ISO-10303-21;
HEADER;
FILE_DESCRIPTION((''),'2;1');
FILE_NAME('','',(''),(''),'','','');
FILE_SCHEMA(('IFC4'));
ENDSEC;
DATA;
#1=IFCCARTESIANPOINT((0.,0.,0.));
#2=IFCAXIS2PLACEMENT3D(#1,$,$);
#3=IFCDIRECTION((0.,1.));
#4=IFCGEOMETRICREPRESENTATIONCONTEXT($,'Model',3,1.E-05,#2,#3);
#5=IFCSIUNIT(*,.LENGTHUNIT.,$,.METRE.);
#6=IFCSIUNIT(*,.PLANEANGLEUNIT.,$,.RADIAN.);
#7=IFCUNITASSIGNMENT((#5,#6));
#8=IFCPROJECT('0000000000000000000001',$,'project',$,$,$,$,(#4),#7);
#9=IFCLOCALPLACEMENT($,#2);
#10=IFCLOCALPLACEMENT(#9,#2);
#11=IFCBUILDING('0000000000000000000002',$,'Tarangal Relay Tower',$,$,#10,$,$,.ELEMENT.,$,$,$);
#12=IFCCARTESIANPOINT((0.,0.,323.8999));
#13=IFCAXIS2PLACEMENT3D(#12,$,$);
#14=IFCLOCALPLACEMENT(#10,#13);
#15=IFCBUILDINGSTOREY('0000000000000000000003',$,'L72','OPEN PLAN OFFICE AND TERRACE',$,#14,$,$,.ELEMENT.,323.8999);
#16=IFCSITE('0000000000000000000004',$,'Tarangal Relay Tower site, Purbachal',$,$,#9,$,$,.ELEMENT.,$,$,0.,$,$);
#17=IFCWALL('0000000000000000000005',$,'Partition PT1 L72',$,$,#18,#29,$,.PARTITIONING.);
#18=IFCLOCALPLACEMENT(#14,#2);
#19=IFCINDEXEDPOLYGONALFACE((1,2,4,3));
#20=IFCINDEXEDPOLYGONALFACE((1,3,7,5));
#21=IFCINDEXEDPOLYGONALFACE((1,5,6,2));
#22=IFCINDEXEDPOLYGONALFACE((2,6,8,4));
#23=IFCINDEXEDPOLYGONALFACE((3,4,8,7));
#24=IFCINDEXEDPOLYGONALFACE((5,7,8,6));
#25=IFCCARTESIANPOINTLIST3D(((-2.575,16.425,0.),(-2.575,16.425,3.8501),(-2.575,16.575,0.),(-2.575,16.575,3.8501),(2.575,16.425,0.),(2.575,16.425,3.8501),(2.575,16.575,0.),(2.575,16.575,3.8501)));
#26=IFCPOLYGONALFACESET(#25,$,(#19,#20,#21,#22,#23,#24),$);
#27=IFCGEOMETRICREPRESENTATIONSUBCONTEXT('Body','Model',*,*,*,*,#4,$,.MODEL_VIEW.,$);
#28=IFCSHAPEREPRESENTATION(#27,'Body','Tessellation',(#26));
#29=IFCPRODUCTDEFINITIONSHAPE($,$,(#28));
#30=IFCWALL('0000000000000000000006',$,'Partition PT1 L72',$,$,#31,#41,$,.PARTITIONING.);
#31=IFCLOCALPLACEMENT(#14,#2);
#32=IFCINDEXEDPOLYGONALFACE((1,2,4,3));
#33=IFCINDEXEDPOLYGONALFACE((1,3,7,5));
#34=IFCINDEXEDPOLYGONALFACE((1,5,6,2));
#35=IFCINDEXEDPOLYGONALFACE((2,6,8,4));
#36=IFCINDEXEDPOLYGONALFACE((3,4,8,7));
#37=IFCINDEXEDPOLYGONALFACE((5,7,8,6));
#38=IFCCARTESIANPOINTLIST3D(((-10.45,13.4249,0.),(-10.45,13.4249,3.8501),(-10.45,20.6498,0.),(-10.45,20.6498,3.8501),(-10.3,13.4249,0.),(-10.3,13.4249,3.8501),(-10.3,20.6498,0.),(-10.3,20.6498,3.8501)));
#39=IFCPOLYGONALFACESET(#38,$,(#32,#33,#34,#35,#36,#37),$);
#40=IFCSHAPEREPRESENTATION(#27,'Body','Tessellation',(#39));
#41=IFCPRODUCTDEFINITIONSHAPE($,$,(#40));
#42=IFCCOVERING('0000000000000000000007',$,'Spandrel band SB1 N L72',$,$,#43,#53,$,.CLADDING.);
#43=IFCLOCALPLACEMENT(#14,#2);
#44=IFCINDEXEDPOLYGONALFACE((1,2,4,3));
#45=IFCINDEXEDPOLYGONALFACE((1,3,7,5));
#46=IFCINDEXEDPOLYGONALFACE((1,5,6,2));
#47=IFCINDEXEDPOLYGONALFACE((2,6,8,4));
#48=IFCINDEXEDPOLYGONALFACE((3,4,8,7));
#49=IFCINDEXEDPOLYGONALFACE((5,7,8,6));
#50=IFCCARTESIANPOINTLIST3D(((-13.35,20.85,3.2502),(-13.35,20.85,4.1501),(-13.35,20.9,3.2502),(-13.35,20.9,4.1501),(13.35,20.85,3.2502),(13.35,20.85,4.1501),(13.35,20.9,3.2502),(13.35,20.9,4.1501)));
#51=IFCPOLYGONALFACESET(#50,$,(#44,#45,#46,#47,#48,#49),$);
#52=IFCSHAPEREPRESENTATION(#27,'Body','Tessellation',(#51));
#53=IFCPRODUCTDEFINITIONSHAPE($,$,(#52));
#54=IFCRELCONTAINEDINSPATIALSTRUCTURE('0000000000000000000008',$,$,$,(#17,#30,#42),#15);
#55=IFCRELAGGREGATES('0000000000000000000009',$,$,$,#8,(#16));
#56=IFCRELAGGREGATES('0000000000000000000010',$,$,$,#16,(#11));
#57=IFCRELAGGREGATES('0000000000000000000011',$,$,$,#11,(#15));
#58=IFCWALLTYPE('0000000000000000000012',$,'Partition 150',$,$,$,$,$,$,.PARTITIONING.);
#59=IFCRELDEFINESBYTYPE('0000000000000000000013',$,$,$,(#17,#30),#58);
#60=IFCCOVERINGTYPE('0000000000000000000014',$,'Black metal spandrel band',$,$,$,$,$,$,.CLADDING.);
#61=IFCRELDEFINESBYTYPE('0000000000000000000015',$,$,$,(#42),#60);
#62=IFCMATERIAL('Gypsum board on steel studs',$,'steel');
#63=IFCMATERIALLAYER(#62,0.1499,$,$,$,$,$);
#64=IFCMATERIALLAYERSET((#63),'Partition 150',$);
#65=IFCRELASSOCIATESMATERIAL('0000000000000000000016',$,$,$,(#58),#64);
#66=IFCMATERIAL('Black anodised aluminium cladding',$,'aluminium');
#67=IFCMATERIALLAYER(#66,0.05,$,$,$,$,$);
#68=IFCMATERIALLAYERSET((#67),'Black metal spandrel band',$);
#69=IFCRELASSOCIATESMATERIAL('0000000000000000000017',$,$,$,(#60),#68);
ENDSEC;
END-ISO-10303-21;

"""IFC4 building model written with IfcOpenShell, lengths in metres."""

from ifc_helpers import new_model, si_unit, direction, frame, frame_2d, origin, origin_2d, place, context, subcontext, project, spatial, rectangle, extrude, material, layer, layer_set, type_object, element, save


model = new_model("IFC4")

# Units and contexts
model_context = context("Model", 3, precision=1e-05, world=origin(), true_north=direction((0.0, 1.0)))
body_context = subcontext(model_context, "Body", "Model", "MODEL_VIEW")
ifc_project = project(units=[si_unit("LENGTHUNIT", "METRE"), si_unit("PLANEANGLEUNIT", "RADIAN")], contexts=[model_context])

# Site, building, storey
site_placement = place(None, origin())
site = spatial("IfcSite", under=ifc_project, at=site_placement, Name="Tarangal Relay Tower site, Purbachal", CompositionType="ELEMENT", RefElevation=0.0)
building_placement = place(site_placement, origin())
building = spatial("IfcBuilding", under=site, at=building_placement, Name="Tarangal Relay Tower", CompositionType="ELEMENT")
storey_placement = place(building_placement, frame((0.0, 0.0, 323.8999)))
storey = spatial("IfcBuildingStorey", under=building, at=storey_placement, Name="L72", Description="OPEN PLAN OFFICE AND TERRACE", CompositionType="ELEMENT", Elevation=323.8999)

# Shared definitions
ifc_material_1 = material(Name="Gypsum board on steel studs", Category="steel")
ifc_layer_1 = layer(ifc_material_1, 0.1499)
ifc_layer_set_1 = layer_set([ifc_layer_1], Name="Partition 150")
wall_type_1 = type_object("IfcWallType", Name="Partition 150", PredefinedType="PARTITIONING", material=ifc_layer_set_1)

# Walls
wall_1_placement = place(storey_placement, frame((-2.575, 16.5, 0.0), z_axis=(0.0, 0.0, 1.0), x_axis=(1.0, 0.0, 0.0)))
element("IfcWall", 1, at=wall_1_placement, inside=storey, type_object=wall_type_1, Name="Partition PT1 L72", PredefinedType="PARTITIONING", context=body_context, shape_type="SweptSolid", body=[
    extrude(rectangle(XDim=5.1499, YDim=0.1499, at=frame_2d((2.575, 0.0))), origin(), (0.0, 0.0, 1.0), 3.8501),
])
wall_2_placement = place(storey_placement, frame((-10.375, 13.425, 0.0), z_axis=(0.0, 0.0, 1.0), x_axis=(0.0, 1.0, 0.0)))
element("IfcWall", 2, at=wall_2_placement, inside=storey, type_object=wall_type_1, Name="Partition PT1 L72", PredefinedType="PARTITIONING", context=body_context, shape_type="SweptSolid", body=[
    extrude(rectangle(XDim=7.2249, YDim=0.1499, at=frame_2d((3.6123, 0.0))), origin(), (0.0, 0.0, 1.0), 3.8501),
])

# Covering
ifc_material_2 = material(Name="Black anodised aluminium cladding", Category="aluminium")
ifc_layer_2 = layer(ifc_material_2, 0.05)
ifc_layer_set_2 = layer_set([ifc_layer_2], Name="Black metal spandrel band")
covering_type = type_object("IfcCoveringType", Name="Black metal spandrel band", PredefinedType="CLADDING", material=ifc_layer_set_2)
covering_placement = place(storey_placement, frame((0.0, 20.875, 3.2502), z_axis=(0.0, 0.0, 1.0), x_axis=(1.0, 0.0, 0.0)))
element("IfcCovering", 3, at=covering_placement, inside=storey, type_object=covering_type, Name="Spandrel band SB1 N L72", PredefinedType="CLADDING", context=body_context, shape_type="SweptSolid", body=[
    extrude(rectangle(XDim=26.7, YDim=0.05, at=origin_2d()), origin(), (0.0, 0.0, 1.0), 0.8999),
])

save(model, "model.ifc")
